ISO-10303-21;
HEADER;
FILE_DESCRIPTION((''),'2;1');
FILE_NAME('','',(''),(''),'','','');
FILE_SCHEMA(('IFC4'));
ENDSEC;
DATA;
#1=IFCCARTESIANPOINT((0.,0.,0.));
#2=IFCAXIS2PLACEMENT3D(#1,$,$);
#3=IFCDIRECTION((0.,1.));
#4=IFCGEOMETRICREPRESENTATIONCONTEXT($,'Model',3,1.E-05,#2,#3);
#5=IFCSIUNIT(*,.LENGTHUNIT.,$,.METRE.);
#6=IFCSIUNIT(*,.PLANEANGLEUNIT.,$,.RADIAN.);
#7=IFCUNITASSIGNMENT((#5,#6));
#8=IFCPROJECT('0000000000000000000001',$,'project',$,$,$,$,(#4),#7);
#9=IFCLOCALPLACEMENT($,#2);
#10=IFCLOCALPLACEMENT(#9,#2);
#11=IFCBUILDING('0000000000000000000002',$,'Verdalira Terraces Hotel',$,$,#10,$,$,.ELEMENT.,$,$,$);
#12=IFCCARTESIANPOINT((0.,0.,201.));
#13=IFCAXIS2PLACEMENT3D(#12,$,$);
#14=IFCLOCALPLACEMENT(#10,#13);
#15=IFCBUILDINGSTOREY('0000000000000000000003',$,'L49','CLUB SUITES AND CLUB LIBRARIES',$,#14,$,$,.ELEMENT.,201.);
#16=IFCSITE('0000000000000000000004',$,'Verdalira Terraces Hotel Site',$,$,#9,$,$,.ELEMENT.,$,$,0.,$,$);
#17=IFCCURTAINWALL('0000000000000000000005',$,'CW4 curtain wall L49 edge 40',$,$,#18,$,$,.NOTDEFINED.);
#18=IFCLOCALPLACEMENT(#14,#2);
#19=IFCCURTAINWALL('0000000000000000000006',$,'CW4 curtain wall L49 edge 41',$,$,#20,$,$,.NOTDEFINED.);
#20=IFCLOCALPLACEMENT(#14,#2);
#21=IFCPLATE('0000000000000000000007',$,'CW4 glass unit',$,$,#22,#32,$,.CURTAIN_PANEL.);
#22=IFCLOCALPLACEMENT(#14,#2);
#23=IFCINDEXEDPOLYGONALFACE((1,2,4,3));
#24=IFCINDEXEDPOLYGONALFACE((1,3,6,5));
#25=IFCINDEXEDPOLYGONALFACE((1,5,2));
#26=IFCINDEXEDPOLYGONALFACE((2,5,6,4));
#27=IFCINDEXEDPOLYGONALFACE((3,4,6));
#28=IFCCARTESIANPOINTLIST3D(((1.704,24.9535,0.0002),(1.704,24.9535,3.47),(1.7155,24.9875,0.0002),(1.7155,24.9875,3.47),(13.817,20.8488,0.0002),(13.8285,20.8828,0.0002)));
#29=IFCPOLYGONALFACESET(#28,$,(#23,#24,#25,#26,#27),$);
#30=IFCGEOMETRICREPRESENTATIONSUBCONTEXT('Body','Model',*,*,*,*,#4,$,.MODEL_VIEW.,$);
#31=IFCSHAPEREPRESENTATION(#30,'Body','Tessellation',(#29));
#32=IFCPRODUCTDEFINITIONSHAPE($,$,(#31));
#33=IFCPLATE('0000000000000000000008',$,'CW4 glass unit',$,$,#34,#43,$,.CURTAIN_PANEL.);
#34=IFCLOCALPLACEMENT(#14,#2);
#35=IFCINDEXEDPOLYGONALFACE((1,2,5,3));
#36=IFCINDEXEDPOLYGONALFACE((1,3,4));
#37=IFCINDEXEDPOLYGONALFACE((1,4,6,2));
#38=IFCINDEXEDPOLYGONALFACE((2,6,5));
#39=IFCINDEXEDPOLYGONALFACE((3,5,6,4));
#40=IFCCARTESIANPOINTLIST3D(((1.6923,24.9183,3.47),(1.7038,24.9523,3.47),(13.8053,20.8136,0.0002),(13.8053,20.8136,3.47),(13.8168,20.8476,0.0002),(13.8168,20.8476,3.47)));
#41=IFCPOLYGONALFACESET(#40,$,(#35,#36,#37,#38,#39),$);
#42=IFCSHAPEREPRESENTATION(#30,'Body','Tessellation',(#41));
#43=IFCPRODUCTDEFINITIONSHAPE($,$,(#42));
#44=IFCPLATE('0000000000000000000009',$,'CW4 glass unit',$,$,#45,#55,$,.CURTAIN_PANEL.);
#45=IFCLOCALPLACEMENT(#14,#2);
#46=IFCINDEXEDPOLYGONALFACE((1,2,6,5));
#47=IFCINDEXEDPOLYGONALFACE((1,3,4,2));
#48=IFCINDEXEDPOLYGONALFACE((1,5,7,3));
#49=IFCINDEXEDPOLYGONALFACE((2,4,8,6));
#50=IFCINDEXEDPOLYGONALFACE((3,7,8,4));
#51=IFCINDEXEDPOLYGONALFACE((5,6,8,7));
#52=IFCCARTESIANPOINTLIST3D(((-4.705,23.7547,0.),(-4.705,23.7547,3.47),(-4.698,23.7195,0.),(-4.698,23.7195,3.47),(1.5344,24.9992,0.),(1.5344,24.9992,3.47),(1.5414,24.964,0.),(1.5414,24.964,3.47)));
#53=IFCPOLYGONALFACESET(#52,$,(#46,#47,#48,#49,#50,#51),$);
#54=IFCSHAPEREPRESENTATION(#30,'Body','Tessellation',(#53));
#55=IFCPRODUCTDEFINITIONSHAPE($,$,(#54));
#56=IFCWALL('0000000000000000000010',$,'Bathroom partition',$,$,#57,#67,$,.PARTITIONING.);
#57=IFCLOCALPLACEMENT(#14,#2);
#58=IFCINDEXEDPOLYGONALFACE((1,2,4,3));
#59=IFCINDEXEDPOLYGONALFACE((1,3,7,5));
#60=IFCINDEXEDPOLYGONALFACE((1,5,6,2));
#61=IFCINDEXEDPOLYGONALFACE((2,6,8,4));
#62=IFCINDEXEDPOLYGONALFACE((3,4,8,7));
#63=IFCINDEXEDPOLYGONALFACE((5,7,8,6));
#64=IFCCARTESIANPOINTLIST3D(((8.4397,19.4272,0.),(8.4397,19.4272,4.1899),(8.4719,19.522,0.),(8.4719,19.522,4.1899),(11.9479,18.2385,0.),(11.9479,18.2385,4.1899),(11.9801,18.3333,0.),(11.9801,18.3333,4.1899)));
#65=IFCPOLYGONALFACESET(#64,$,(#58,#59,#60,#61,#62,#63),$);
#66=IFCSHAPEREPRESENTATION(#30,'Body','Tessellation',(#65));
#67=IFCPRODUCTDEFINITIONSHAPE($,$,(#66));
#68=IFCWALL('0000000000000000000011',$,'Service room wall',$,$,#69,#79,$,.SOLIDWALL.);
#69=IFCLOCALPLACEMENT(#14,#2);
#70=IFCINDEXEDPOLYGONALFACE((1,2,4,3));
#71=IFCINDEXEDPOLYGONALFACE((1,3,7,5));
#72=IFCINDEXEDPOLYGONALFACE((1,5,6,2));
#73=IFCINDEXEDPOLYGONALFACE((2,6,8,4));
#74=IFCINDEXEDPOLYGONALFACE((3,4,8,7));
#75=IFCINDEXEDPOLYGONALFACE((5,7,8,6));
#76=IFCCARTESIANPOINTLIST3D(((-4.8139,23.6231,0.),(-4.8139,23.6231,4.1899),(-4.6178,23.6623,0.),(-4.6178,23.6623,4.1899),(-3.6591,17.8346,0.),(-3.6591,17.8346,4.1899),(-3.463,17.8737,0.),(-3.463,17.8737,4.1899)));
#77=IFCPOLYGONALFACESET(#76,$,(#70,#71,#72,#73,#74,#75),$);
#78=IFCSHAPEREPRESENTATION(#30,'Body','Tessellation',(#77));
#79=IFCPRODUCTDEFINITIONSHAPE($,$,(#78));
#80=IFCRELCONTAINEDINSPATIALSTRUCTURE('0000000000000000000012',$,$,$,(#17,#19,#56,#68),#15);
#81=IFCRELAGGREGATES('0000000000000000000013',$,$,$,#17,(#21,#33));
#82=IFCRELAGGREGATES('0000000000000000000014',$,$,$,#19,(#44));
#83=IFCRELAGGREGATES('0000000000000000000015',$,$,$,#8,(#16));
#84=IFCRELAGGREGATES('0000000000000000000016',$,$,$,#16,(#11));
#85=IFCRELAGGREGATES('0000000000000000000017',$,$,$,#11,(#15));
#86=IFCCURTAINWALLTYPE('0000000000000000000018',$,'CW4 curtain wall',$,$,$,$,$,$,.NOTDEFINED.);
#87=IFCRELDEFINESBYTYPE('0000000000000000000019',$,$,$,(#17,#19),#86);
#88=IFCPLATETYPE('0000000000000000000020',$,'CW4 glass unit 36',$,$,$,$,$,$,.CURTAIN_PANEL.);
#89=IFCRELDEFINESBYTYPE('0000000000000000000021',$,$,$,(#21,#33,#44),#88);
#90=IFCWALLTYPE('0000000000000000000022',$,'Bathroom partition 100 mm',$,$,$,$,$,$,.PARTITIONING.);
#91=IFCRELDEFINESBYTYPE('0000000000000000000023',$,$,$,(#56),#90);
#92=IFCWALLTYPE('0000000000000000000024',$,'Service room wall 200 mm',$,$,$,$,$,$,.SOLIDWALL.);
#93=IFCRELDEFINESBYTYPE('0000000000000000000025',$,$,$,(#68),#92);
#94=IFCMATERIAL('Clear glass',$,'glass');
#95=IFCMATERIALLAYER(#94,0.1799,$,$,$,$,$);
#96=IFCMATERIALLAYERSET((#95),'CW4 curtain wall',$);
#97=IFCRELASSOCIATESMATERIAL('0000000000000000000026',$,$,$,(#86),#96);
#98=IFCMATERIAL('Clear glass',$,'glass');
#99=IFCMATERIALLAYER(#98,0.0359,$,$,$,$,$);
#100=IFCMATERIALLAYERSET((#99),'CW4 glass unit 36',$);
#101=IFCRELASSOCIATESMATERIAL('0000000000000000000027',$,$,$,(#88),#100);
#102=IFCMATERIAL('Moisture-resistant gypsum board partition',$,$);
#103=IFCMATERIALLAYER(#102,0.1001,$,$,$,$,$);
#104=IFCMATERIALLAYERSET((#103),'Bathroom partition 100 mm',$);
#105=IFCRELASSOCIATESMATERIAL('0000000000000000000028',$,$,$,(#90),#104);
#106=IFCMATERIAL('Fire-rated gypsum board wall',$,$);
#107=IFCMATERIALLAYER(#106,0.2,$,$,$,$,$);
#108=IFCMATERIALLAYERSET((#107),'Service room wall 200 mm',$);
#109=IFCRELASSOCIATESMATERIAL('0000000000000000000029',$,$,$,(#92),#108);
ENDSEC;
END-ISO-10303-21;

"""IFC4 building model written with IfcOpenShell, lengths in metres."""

from ifc_helpers import new_model, si_unit, direction, frame, frame_2d, origin, origin_2d, place, context, subcontext, project, spatial, polyline, rectangle, outline, extrude, material, layer, layer_set, type_object, element, aggregate, save


model = new_model("IFC4")

# Units and contexts
model_context = context("Model", 3, precision=1e-05, world=origin(), true_north=direction((0.0, 1.0)))
body_context = subcontext(model_context, "Body", "Model", "MODEL_VIEW")
ifc_project = project(units=[si_unit("LENGTHUNIT", "METRE"), si_unit("PLANEANGLEUNIT", "RADIAN")], contexts=[model_context])

# Site, building, storey
site_placement = place(None, origin())
site = spatial("IfcSite", under=ifc_project, at=site_placement, Name="Verdalira Terraces Hotel Site", CompositionType="ELEMENT", RefElevation=0.0)
building_placement = place(site_placement, origin())
building = spatial("IfcBuilding", under=site, at=building_placement, Name="Verdalira Terraces Hotel", CompositionType="ELEMENT")
storey_placement = place(building_placement, frame((0.0, 0.0, 201.0)))
storey = spatial("IfcBuildingStorey", under=building, at=storey_placement, Name="L49", Description="CLUB SUITES AND CLUB LIBRARIES", CompositionType="ELEMENT", Elevation=201.0)

# Shared definitions
ifc_material_1 = material(Name="Clear glass", Category="glass")
ifc_layer_1 = layer(ifc_material_1, 0.1799)
ifc_layer_set_1 = layer_set([ifc_layer_1], Name="CW4 curtain wall")
curtain_wall_type = type_object("IfcCurtainWallType", Name="CW4 curtain wall", PredefinedType="NOTDEFINED", material=ifc_layer_set_1)

# Curtain wall
curtain_wall_1_placement = place(storey_placement, origin())
curtain_wall_1 = element("IfcCurtainWall", 1, at=curtain_wall_1_placement, inside=storey, type_object=curtain_wall_type, Name="CW4 curtain wall L49 edge 40", PredefinedType="NOTDEFINED")

# Curtain wall
curtain_wall_2_placement = place(storey_placement, origin())
curtain_wall_2 = element("IfcCurtainWall", 2, at=curtain_wall_2_placement, inside=storey, type_object=curtain_wall_type, Name="CW4 curtain wall L49 edge 41", PredefinedType="NOTDEFINED")

# Plates
ifc_material_2 = material(Name="Clear glass", Category="glass")
ifc_layer_2 = layer(ifc_material_2, 0.0359)
ifc_layer_set_2 = layer_set([ifc_layer_2], Name="CW4 glass unit 36")
plate_type = type_object("IfcPlateType", Name="CW4 glass unit 36", PredefinedType="CURTAIN_PANEL", material=ifc_layer_set_2)
plate_1_placement = place(storey_placement, frame((7.7605, 22.9011, 1.7351), z_axis=(0.320944, 0.947098, 0.0), x_axis=(-0.947098, 0.320944, 0.0)))
plate_1 = element("IfcPlate", 3, at=plate_1_placement, type_object=plate_type, Name="CW4 glass unit", PredefinedType="CURTAIN_PANEL", context=body_context, shape_type="SweptSolid", body=[
    extrude(outline(polyline([(-6.3948, -1.7349), (6.3948, -1.7349), (6.3948, 1.7349), (-6.3948, -1.7349)])), origin(), (0.0, 0.0, 1.0), 0.0359),
])
plate_2_placement = place(storey_placement, frame((7.7488, 22.866, 1.7351), z_axis=(0.320944, 0.947098, 0.0), x_axis=(-0.947098, 0.320944, 0.0)))
plate_2 = element("IfcPlate", 4, at=plate_2_placement, type_object=plate_type, Name="CW4 glass unit", PredefinedType="CURTAIN_PANEL", context=body_context, shape_type="SweptSolid", body=[
    extrude(outline(polyline([(-6.3948, -1.7349), (6.3948, 1.7349), (-6.3948, 1.7349), (-6.3948, -1.7349)])), origin(), (0.0, 0.0, 1.0), 0.0359),
])
aggregate(curtain_wall_1, [plate_1, plate_2])
plate_3_placement = place(storey_placement, frame((-1.5818, 24.3594, 0.0), z_axis=(0.0, 0.0, 1.0), x_axis=(-0.980683, -0.195604, 0.0)))
plate_3 = element("IfcPlate", 5, at=plate_3_placement, type_object=plate_type, Name="CW4 glass unit", PredefinedType="CURTAIN_PANEL", context=body_context, shape_type="SweptSolid", body=[
    extrude(rectangle(XDim=6.3623, YDim=0.0359, at=origin_2d()), origin(), (0.0, 0.0, 1.0), 3.47),
])
aggregate(curtain_wall_2, [plate_3])

# Walls
ifc_material_3 = material(Name="Moisture-resistant gypsum board partition")
ifc_layer_3 = layer(ifc_material_3, 0.1001)
ifc_layer_set_3 = layer_set([ifc_layer_3], Name="Bathroom partition 100 mm")
wall_type_1 = type_object("IfcWallType", Name="Bathroom partition 100 mm", PredefinedType="PARTITIONING", material=ifc_layer_set_3)
wall_1_placement = place(storey_placement, frame((8.4558, 19.4746, 0.0), z_axis=(0.0, 0.0, 1.0), x_axis=(0.94711, -0.32091, 0.0)))
element("IfcWall", 6, at=wall_1_placement, inside=storey, type_object=wall_type_1, Name="Bathroom partition", PredefinedType="PARTITIONING", context=body_context, shape_type="SweptSolid", body=[
    extrude(rectangle(XDim=3.7041, YDim=0.1001, at=frame_2d((1.8521, 0.0))), origin(), (0.0, 0.0, 1.0), 4.1899),
])
ifc_material_4 = material(Name="Fire-rated gypsum board wall")
ifc_layer_4 = layer(ifc_material_4, 0.2)
ifc_layer_set_4 = layer_set([ifc_layer_4], Name="Service room wall 200 mm")
wall_type_2 = type_object("IfcWallType", Name="Service room wall 200 mm", PredefinedType="SOLIDWALL", material=ifc_layer_set_4)
wall_2_placement = place(storey_placement, frame((-4.7158, 23.6426, 0.0), z_axis=(0.0, 0.0, 1.0), x_axis=(0.195639, -0.980676, 0.0)))
element("IfcWall", 7, at=wall_2_placement, inside=storey, type_object=wall_type_2, Name="Service room wall", PredefinedType="SOLIDWALL", context=body_context, shape_type="SweptSolid", body=[
    extrude(rectangle(XDim=5.9026, YDim=0.2, at=frame_2d((2.9512, 0.0))), origin(), (0.0, 0.0, 1.0), 4.1899),
])

save(model, "model.ifc")
